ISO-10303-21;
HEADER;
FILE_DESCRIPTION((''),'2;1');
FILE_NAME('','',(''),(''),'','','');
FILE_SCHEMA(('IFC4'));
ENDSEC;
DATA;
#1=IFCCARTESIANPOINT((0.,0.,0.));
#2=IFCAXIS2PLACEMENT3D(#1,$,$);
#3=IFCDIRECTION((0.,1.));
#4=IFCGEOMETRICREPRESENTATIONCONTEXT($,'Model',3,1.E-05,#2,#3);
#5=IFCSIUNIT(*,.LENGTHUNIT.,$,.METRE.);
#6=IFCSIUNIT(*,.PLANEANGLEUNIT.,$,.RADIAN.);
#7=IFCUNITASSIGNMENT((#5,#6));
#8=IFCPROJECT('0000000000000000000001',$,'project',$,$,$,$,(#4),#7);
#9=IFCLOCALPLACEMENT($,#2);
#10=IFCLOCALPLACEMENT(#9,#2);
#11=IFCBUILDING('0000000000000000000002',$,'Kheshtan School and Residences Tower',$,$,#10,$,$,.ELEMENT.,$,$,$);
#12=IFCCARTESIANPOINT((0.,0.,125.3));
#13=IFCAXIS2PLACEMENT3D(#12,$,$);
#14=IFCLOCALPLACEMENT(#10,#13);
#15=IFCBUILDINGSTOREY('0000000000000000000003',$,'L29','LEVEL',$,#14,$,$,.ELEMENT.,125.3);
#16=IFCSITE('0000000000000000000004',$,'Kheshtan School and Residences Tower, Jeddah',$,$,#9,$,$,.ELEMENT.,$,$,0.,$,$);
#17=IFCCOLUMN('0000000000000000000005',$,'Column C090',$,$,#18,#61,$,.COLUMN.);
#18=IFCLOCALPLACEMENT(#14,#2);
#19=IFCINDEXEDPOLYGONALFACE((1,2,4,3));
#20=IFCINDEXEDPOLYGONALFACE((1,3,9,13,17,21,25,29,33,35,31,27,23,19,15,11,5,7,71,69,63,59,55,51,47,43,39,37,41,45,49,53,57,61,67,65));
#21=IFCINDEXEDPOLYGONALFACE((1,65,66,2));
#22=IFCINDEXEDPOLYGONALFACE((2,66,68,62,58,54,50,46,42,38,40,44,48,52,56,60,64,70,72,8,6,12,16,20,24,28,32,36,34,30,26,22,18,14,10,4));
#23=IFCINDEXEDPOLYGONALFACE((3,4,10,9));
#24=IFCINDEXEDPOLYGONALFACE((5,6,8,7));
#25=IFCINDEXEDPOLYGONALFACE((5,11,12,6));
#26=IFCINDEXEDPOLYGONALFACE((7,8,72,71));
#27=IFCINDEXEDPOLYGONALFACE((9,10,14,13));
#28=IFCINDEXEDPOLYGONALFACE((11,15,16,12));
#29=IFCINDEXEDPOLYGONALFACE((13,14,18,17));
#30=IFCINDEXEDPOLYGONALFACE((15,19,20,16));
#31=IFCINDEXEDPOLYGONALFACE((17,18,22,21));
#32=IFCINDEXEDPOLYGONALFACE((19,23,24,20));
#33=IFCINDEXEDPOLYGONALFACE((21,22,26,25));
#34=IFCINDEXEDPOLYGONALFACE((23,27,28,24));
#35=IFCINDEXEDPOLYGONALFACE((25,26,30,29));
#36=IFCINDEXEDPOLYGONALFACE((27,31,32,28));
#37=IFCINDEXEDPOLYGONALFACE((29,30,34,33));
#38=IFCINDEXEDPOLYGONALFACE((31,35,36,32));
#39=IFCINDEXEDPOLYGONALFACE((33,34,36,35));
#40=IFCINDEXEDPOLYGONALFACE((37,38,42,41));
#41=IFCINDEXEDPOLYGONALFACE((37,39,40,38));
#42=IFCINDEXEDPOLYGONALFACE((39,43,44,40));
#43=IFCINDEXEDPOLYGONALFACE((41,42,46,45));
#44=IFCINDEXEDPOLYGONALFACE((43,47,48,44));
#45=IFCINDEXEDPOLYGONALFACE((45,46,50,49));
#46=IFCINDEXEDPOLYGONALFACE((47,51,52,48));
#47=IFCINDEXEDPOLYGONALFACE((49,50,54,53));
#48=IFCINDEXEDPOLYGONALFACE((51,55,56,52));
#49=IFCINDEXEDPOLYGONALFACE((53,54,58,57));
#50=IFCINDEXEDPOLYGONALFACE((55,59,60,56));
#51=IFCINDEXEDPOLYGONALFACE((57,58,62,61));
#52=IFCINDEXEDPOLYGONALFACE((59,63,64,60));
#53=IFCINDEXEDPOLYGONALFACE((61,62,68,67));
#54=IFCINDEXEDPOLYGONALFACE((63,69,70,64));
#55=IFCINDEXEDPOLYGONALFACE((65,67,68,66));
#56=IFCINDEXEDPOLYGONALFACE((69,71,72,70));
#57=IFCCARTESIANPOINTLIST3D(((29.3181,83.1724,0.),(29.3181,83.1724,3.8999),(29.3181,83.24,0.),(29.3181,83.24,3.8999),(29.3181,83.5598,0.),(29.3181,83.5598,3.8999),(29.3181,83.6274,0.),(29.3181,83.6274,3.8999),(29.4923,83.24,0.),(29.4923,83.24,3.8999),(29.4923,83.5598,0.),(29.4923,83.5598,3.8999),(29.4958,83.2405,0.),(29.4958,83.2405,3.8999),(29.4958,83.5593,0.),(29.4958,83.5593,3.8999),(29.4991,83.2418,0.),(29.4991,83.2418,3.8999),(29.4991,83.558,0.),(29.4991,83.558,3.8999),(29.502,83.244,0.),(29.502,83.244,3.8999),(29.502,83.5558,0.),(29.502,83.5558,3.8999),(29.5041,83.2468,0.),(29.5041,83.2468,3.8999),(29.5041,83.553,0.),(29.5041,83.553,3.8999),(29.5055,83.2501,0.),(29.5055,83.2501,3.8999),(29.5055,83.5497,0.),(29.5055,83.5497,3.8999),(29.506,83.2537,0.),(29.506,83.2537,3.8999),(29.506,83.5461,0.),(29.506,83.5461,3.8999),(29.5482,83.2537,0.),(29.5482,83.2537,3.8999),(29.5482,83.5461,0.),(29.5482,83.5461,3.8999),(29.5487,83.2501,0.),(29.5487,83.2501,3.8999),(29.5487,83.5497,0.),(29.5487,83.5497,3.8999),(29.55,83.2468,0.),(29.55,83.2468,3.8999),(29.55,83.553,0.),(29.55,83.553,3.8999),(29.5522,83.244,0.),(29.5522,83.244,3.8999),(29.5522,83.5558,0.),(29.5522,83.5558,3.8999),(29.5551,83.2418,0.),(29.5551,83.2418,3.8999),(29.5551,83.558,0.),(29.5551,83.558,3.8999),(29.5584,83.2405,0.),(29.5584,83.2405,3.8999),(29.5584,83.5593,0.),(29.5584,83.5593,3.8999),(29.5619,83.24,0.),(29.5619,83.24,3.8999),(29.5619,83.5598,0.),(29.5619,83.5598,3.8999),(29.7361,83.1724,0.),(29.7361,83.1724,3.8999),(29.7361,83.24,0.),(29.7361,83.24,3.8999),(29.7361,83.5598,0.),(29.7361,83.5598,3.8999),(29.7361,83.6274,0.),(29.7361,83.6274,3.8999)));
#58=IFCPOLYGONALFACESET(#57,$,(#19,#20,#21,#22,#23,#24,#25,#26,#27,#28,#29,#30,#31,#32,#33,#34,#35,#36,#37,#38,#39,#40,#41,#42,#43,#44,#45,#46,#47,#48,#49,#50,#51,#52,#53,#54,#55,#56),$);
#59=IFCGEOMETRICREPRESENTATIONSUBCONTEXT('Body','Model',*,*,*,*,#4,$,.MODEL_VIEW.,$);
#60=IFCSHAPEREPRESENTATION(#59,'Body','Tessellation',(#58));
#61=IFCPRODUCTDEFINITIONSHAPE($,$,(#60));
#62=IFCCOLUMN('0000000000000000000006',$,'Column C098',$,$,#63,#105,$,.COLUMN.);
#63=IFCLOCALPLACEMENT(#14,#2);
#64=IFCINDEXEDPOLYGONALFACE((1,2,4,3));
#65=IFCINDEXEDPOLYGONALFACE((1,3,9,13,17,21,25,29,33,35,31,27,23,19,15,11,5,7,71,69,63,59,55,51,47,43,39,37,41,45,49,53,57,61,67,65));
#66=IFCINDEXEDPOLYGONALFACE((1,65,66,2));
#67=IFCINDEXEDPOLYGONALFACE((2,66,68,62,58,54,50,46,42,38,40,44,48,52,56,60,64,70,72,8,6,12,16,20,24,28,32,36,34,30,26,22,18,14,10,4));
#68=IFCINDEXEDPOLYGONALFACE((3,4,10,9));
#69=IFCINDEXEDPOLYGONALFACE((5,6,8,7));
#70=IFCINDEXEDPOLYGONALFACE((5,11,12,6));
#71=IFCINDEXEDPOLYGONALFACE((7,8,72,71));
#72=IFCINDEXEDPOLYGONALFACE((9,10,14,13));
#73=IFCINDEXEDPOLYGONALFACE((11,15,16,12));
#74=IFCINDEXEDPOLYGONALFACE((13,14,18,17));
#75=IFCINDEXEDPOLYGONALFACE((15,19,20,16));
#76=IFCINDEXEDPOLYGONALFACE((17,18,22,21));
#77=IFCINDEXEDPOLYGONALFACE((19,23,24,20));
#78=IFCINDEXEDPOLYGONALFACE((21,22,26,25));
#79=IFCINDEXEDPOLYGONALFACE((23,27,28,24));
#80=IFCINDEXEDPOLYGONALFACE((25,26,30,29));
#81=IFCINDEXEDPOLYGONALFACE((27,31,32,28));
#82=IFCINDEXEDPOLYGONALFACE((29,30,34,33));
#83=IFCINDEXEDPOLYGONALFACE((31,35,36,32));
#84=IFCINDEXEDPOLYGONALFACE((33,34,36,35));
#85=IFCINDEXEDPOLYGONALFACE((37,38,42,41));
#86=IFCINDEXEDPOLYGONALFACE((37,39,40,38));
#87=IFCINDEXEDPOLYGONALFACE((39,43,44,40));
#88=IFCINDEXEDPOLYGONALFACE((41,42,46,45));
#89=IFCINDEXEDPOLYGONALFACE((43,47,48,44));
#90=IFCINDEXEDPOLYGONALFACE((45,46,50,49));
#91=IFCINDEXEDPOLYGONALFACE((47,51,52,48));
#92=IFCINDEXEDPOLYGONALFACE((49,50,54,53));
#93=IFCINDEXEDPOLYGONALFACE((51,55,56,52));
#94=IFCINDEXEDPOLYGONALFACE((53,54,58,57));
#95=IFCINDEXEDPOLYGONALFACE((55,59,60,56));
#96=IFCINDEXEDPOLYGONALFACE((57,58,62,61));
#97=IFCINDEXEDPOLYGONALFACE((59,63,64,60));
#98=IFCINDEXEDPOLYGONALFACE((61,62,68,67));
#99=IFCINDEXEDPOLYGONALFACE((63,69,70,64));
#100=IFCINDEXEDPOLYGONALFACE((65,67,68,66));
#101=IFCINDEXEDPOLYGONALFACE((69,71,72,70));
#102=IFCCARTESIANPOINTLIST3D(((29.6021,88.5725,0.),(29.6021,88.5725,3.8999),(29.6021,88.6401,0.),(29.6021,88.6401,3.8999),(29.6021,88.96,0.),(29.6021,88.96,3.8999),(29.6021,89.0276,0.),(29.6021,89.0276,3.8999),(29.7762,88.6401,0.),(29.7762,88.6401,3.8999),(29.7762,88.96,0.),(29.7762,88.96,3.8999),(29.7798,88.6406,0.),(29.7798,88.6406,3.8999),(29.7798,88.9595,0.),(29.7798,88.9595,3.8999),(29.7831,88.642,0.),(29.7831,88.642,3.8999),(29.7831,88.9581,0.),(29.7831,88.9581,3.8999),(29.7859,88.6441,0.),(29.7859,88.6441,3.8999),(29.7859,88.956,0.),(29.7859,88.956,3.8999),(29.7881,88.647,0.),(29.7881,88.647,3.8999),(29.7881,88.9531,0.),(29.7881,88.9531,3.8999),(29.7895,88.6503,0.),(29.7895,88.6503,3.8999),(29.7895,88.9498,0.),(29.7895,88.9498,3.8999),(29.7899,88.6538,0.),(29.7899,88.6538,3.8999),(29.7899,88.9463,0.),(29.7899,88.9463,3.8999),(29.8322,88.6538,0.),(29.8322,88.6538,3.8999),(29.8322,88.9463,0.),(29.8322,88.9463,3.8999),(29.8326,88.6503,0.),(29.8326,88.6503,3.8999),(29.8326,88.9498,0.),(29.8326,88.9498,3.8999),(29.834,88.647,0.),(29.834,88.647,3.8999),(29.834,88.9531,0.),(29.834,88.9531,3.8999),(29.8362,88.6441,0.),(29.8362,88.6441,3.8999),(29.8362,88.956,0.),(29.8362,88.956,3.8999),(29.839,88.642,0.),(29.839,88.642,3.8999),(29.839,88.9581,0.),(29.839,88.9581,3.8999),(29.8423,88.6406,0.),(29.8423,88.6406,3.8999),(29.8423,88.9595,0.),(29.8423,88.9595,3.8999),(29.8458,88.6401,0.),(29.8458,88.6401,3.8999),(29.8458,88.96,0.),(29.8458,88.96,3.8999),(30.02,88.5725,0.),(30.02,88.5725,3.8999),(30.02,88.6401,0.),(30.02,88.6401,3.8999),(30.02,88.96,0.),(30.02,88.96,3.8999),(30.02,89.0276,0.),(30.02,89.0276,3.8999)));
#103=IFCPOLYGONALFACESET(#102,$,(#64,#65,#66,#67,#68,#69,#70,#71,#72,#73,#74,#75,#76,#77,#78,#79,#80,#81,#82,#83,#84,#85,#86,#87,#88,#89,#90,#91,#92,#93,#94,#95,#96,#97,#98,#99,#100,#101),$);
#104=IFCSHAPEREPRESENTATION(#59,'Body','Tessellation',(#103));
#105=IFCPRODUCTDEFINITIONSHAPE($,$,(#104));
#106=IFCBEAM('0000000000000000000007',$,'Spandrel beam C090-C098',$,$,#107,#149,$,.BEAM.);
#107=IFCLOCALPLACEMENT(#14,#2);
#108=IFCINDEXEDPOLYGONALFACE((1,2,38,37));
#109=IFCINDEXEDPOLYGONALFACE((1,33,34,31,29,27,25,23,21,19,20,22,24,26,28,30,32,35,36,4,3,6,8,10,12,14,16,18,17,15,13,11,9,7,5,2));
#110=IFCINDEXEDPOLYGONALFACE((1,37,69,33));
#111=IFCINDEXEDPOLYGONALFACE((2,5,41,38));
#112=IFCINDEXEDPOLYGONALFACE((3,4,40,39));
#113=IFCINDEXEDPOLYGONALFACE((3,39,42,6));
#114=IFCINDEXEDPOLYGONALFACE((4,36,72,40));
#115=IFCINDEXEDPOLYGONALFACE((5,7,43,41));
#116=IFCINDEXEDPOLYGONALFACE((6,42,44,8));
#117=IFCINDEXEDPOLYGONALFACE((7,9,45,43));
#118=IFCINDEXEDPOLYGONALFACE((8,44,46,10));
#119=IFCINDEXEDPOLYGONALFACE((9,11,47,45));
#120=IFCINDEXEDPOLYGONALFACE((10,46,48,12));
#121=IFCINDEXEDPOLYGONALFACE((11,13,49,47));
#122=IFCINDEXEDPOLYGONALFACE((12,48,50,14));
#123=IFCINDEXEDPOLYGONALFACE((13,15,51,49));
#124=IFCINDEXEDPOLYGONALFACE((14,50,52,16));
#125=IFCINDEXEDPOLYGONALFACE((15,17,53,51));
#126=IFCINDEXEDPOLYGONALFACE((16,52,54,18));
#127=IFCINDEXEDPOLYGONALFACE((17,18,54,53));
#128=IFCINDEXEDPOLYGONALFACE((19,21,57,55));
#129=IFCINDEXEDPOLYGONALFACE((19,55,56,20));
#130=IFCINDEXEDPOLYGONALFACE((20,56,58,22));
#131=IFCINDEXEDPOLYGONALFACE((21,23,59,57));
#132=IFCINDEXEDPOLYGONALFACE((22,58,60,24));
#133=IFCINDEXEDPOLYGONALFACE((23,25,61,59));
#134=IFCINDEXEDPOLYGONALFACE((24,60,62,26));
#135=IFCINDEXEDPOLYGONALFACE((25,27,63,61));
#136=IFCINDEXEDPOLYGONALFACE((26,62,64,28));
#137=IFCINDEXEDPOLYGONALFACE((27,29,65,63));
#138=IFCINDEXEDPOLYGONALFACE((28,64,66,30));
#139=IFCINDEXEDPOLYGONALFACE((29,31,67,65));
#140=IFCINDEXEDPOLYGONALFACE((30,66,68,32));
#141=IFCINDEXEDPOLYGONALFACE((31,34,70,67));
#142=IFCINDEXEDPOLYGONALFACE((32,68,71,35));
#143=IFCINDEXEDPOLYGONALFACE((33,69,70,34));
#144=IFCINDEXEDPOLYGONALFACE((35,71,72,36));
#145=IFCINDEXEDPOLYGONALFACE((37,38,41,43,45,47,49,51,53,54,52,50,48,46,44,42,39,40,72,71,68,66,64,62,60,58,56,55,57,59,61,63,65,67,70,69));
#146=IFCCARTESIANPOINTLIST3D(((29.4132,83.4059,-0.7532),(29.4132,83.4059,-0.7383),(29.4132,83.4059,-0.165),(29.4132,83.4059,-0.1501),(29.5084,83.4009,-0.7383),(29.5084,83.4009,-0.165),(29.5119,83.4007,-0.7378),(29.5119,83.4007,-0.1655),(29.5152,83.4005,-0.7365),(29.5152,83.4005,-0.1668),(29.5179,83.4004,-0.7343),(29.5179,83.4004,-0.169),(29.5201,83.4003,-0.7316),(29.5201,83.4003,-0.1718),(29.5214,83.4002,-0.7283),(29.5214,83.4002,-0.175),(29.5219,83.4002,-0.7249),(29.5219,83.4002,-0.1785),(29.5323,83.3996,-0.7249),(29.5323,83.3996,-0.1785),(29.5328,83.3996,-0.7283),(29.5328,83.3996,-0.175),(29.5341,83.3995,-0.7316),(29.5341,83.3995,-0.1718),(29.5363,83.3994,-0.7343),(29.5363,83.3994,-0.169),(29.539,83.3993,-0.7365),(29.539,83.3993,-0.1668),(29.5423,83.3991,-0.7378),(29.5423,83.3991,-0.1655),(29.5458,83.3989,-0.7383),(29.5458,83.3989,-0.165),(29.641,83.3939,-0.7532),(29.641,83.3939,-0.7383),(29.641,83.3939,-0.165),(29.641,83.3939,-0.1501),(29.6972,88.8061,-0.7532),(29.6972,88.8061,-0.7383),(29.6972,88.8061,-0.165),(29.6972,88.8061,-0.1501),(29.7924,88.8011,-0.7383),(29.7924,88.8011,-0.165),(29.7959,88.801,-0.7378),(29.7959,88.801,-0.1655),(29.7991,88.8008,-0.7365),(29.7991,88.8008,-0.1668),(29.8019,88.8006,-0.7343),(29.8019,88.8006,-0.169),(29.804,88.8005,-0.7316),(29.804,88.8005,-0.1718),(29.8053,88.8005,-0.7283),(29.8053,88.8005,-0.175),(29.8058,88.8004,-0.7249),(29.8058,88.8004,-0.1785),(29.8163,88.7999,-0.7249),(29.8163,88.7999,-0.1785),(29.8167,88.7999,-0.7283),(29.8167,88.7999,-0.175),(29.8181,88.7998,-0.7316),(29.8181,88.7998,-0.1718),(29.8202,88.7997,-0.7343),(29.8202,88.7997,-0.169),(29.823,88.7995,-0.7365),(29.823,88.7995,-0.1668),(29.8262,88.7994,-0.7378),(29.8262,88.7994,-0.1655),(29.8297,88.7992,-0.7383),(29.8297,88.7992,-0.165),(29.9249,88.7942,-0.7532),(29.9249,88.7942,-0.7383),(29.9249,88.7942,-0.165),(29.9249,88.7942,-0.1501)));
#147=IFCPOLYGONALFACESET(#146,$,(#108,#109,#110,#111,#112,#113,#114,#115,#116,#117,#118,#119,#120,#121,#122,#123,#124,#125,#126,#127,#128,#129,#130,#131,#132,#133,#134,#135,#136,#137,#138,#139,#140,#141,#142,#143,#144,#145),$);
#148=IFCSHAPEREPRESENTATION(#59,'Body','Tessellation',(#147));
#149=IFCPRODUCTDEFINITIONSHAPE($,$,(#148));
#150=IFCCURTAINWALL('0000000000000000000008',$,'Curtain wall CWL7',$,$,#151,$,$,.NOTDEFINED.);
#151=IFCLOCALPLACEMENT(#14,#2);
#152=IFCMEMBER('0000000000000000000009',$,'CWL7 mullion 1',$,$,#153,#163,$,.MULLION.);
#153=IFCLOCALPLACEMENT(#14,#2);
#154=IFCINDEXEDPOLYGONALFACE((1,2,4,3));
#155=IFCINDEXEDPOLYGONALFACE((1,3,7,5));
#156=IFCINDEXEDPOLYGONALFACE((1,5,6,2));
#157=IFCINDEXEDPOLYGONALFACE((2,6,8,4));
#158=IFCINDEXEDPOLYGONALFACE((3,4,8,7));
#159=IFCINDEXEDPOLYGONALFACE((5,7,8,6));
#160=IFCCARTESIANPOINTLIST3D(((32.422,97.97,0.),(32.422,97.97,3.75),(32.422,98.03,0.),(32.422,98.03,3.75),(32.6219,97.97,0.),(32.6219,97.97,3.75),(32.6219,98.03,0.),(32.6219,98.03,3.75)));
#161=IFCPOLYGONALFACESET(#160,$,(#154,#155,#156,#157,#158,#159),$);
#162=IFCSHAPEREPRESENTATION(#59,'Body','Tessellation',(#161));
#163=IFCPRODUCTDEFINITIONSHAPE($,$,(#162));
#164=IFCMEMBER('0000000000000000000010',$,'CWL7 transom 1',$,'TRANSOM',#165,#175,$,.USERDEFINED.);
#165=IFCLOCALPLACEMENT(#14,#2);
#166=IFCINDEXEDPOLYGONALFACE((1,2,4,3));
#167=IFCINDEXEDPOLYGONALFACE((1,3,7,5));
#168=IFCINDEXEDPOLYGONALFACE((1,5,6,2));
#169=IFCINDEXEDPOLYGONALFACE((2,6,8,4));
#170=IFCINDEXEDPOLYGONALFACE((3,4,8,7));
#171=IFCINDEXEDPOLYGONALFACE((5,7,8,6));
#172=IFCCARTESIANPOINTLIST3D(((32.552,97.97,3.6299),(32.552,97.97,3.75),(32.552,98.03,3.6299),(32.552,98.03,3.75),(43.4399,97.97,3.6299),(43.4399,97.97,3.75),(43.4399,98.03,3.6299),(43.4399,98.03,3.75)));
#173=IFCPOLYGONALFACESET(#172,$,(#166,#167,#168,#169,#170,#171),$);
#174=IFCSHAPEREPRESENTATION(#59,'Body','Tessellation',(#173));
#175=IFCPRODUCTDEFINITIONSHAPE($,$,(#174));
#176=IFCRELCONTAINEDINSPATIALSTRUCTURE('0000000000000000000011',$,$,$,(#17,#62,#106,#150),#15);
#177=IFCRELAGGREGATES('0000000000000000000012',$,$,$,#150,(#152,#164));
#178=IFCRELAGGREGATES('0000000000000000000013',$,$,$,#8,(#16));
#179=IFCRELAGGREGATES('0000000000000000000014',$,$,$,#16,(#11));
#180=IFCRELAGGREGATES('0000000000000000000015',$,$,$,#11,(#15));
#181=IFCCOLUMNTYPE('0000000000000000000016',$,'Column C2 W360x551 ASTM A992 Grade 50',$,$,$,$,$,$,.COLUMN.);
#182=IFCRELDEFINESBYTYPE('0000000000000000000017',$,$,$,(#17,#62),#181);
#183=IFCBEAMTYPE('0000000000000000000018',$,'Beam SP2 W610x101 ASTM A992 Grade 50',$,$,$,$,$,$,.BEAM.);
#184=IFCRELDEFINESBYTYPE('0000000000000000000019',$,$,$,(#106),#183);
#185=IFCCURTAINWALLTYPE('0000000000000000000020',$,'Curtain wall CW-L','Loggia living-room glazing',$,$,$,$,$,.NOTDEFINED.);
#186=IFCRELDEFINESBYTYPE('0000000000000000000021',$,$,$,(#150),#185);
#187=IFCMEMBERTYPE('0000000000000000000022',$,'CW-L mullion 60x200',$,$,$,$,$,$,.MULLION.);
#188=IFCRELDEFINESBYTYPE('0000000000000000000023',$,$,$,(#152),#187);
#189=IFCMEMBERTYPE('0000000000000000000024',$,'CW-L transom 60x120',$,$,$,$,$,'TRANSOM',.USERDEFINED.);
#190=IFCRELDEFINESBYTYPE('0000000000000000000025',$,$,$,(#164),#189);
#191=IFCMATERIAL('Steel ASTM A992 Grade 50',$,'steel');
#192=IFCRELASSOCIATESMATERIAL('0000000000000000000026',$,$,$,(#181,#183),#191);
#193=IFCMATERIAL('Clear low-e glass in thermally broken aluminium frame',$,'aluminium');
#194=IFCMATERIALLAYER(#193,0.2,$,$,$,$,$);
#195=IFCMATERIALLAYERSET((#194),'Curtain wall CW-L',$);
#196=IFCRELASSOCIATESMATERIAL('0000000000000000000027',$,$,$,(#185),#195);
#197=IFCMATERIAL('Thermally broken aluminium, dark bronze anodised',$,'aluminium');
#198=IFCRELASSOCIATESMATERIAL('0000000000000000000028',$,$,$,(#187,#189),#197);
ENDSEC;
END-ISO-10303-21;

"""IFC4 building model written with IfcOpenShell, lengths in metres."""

from ifc_helpers import new_model, si_unit, direction, frame, origin, origin_2d, place, context, subcontext, project, spatial, rectangle, i_section, extrude, material, layer, layer_set, material_profile, profile_set, type_object, element, aggregate, save


model = new_model("IFC4")

# Units and contexts
model_context = context("Model", 3, precision=1e-05, world=origin(), true_north=direction((0.0, 1.0)))
body_context = subcontext(model_context, "Body", "Model", "MODEL_VIEW")
ifc_project = project(units=[si_unit("LENGTHUNIT", "METRE"), si_unit("PLANEANGLEUNIT", "RADIAN")], contexts=[model_context])

# Site, building, storey
site_placement = place(None, origin())
site = spatial("IfcSite", under=ifc_project, at=site_placement, Name="Kheshtan School and Residences Tower, Jeddah", CompositionType="ELEMENT", RefElevation=0.0)
building_placement = place(site_placement, origin())
building = spatial("IfcBuilding", under=site, at=building_placement, Name="Kheshtan School and Residences Tower", CompositionType="ELEMENT")
storey_placement = place(building_placement, frame((0.0, 0.0, 125.3)))
storey = spatial("IfcBuildingStorey", under=building, at=storey_placement, Name="L29", Description="LEVEL", CompositionType="ELEMENT", Elevation=125.3)

# Columns
ifc_material_1 = material(Name="Steel ASTM A992 Grade 50", Category="steel")
ifc_material_profile_1 = material_profile(ifc_material_1, i_section(OverallWidth=0.418, OverallDepth=0.4551, WebThickness=0.0422, FlangeThickness=0.0676, FilletRadius=0.0137, at=origin_2d()), Name="W360x551")
ifc_profile_set_1 = profile_set([ifc_material_profile_1], Name="Steel ASTM A992 Grade 50")
column_type = type_object("IfcColumnType", Name="Column C2 W360x551 ASTM A992 Grade 50", PredefinedType="COLUMN", material=ifc_profile_set_1)
for number, where, z_axis, x_axis, name in (
    (1, (29.5271, 83.3999, 0.0), (0.0, 0.0, 1.0), (1.0, 0.0, 0.0), "Column C090"),
    (2, (29.811, 88.8, 0.0), (0.0, 0.0, 1.0), (1.0, 0.0, 0.0), "Column C098"),
):
    element("IfcColumn", number, at=place(storey_placement, frame(where, z_axis=z_axis, x_axis=x_axis)), inside=storey, type_object=column_type, Name=name, PredefinedType="COLUMN", context=body_context, shape_type="SweptSolid", body=[
        extrude(i_section(OverallWidth=0.418, OverallDepth=0.4551, WebThickness=0.0422, FlangeThickness=0.0676, FilletRadius=0.0137, at=origin_2d()), origin(), (0.0, 0.0, 1.0), 3.8999),
    ])

# Beam
ifc_material_profile_2 = material_profile(ifc_material_1, i_section(OverallWidth=0.228, OverallDepth=0.603, WebThickness=0.0105, FlangeThickness=0.0149, FilletRadius=0.0134, at=origin_2d()), Name="W610x101")
ifc_profile_set_2 = profile_set([ifc_material_profile_2], Name="Steel ASTM A992 Grade 50")
beam_type_1 = type_object("IfcBeamType", Name="Beam SP2 W610x101 ASTM A992 Grade 50", PredefinedType="BEAM", material=ifc_profile_set_2)
beam_1_placement = place(storey_placement, frame((29.5271, 83.3999, -0.4517), z_axis=(0.052507, 0.998621, 0.0), x_axis=(-0.998621, 0.052507, 0.0)))
element("IfcBeam", 3, at=beam_1_placement, inside=storey, type_object=beam_type_1, Name="Spandrel beam C090-C098", PredefinedType="BEAM", context=body_context, shape_type="SweptSolid", body=[
    extrude(i_section(OverallWidth=0.228, OverallDepth=0.603, WebThickness=0.0105, FlangeThickness=0.0149, FilletRadius=0.0134, at=origin_2d()), origin(), (0.0, 0.0, 1.0), 5.4077),
])

# Curtain wall, members
ifc_material_2 = material(Name="Clear low-e glass in thermally broken aluminium frame", Category="aluminium")
ifc_layer_1 = layer(ifc_material_2, 0.2)
ifc_layer_set_1 = layer_set([ifc_layer_1], Name="Curtain wall CW-L")
curtain_wall_type = type_object("IfcCurtainWallType", Name="Curtain wall CW-L", Description="Loggia living-room glazing", PredefinedType="NOTDEFINED", material=ifc_layer_set_1)
curtain_wall_placement = place(storey_placement, origin())
curtain_wall = element("IfcCurtainWall", 4, at=curtain_wall_placement, inside=storey, type_object=curtain_wall_type, Name="Curtain wall CWL7", PredefinedType="NOTDEFINED")
ifc_material_3 = material(Name="Thermally broken aluminium, dark bronze anodised", Category="aluminium")
ifc_material_profile_3 = material_profile(ifc_material_3, rectangle(XDim=0.0601, YDim=0.2, at=origin_2d()), Name="CW-L mullion 60x200")
ifc_profile_set_3 = profile_set([ifc_material_profile_3], Name="Thermally broken aluminium, dark bronze anodised")
member_type_1 = type_object("IfcMemberType", Name="CW-L mullion 60x200", PredefinedType="MULLION", material=ifc_profile_set_3)
member_1_placement = place(storey_placement, frame((32.522, 98.0, 0.0), z_axis=(0.0, 0.0, 1.0), x_axis=(0.0, 1.0, 0.0)))
member_1 = element("IfcMember", 5, at=member_1_placement, type_object=member_type_1, Name="CWL7 mullion 1", PredefinedType="MULLION", context=body_context, shape_type="SweptSolid", body=[
    extrude(rectangle(XDim=0.0601, YDim=0.2, at=origin_2d()), origin(), (0.0, 0.0, 1.0), 3.75),
])
ifc_material_profile_4 = material_profile(ifc_material_3, rectangle(XDim=0.0601, YDim=0.1201, at=origin_2d()), Name="CW-L transom 60x120")
ifc_profile_set_4 = profile_set([ifc_material_profile_4], Name="Thermally broken aluminium, dark bronze anodised")
member_type_2 = type_object("IfcMemberType", Name="CW-L transom 60x120", ElementType="TRANSOM", PredefinedType="USERDEFINED", material=ifc_profile_set_4)
member_2_placement = place(storey_placement, frame((32.552, 98.0, 3.6899), z_axis=(1.0, 0.0, 0.0), x_axis=(0.0, 1.0, 0.0)))
member_2 = element("IfcMember", 6, at=member_2_placement, type_object=member_type_2, Name="CWL7 transom 1", ObjectType="TRANSOM", PredefinedType="USERDEFINED", context=body_context, shape_type="SweptSolid", body=[
    extrude(rectangle(XDim=0.0601, YDim=0.1201, at=origin_2d()), origin(), (0.0, 0.0, 1.0), 10.8879),
])

aggregate(curtain_wall, [member_1, member_2])

save(model, "model.ifc")
